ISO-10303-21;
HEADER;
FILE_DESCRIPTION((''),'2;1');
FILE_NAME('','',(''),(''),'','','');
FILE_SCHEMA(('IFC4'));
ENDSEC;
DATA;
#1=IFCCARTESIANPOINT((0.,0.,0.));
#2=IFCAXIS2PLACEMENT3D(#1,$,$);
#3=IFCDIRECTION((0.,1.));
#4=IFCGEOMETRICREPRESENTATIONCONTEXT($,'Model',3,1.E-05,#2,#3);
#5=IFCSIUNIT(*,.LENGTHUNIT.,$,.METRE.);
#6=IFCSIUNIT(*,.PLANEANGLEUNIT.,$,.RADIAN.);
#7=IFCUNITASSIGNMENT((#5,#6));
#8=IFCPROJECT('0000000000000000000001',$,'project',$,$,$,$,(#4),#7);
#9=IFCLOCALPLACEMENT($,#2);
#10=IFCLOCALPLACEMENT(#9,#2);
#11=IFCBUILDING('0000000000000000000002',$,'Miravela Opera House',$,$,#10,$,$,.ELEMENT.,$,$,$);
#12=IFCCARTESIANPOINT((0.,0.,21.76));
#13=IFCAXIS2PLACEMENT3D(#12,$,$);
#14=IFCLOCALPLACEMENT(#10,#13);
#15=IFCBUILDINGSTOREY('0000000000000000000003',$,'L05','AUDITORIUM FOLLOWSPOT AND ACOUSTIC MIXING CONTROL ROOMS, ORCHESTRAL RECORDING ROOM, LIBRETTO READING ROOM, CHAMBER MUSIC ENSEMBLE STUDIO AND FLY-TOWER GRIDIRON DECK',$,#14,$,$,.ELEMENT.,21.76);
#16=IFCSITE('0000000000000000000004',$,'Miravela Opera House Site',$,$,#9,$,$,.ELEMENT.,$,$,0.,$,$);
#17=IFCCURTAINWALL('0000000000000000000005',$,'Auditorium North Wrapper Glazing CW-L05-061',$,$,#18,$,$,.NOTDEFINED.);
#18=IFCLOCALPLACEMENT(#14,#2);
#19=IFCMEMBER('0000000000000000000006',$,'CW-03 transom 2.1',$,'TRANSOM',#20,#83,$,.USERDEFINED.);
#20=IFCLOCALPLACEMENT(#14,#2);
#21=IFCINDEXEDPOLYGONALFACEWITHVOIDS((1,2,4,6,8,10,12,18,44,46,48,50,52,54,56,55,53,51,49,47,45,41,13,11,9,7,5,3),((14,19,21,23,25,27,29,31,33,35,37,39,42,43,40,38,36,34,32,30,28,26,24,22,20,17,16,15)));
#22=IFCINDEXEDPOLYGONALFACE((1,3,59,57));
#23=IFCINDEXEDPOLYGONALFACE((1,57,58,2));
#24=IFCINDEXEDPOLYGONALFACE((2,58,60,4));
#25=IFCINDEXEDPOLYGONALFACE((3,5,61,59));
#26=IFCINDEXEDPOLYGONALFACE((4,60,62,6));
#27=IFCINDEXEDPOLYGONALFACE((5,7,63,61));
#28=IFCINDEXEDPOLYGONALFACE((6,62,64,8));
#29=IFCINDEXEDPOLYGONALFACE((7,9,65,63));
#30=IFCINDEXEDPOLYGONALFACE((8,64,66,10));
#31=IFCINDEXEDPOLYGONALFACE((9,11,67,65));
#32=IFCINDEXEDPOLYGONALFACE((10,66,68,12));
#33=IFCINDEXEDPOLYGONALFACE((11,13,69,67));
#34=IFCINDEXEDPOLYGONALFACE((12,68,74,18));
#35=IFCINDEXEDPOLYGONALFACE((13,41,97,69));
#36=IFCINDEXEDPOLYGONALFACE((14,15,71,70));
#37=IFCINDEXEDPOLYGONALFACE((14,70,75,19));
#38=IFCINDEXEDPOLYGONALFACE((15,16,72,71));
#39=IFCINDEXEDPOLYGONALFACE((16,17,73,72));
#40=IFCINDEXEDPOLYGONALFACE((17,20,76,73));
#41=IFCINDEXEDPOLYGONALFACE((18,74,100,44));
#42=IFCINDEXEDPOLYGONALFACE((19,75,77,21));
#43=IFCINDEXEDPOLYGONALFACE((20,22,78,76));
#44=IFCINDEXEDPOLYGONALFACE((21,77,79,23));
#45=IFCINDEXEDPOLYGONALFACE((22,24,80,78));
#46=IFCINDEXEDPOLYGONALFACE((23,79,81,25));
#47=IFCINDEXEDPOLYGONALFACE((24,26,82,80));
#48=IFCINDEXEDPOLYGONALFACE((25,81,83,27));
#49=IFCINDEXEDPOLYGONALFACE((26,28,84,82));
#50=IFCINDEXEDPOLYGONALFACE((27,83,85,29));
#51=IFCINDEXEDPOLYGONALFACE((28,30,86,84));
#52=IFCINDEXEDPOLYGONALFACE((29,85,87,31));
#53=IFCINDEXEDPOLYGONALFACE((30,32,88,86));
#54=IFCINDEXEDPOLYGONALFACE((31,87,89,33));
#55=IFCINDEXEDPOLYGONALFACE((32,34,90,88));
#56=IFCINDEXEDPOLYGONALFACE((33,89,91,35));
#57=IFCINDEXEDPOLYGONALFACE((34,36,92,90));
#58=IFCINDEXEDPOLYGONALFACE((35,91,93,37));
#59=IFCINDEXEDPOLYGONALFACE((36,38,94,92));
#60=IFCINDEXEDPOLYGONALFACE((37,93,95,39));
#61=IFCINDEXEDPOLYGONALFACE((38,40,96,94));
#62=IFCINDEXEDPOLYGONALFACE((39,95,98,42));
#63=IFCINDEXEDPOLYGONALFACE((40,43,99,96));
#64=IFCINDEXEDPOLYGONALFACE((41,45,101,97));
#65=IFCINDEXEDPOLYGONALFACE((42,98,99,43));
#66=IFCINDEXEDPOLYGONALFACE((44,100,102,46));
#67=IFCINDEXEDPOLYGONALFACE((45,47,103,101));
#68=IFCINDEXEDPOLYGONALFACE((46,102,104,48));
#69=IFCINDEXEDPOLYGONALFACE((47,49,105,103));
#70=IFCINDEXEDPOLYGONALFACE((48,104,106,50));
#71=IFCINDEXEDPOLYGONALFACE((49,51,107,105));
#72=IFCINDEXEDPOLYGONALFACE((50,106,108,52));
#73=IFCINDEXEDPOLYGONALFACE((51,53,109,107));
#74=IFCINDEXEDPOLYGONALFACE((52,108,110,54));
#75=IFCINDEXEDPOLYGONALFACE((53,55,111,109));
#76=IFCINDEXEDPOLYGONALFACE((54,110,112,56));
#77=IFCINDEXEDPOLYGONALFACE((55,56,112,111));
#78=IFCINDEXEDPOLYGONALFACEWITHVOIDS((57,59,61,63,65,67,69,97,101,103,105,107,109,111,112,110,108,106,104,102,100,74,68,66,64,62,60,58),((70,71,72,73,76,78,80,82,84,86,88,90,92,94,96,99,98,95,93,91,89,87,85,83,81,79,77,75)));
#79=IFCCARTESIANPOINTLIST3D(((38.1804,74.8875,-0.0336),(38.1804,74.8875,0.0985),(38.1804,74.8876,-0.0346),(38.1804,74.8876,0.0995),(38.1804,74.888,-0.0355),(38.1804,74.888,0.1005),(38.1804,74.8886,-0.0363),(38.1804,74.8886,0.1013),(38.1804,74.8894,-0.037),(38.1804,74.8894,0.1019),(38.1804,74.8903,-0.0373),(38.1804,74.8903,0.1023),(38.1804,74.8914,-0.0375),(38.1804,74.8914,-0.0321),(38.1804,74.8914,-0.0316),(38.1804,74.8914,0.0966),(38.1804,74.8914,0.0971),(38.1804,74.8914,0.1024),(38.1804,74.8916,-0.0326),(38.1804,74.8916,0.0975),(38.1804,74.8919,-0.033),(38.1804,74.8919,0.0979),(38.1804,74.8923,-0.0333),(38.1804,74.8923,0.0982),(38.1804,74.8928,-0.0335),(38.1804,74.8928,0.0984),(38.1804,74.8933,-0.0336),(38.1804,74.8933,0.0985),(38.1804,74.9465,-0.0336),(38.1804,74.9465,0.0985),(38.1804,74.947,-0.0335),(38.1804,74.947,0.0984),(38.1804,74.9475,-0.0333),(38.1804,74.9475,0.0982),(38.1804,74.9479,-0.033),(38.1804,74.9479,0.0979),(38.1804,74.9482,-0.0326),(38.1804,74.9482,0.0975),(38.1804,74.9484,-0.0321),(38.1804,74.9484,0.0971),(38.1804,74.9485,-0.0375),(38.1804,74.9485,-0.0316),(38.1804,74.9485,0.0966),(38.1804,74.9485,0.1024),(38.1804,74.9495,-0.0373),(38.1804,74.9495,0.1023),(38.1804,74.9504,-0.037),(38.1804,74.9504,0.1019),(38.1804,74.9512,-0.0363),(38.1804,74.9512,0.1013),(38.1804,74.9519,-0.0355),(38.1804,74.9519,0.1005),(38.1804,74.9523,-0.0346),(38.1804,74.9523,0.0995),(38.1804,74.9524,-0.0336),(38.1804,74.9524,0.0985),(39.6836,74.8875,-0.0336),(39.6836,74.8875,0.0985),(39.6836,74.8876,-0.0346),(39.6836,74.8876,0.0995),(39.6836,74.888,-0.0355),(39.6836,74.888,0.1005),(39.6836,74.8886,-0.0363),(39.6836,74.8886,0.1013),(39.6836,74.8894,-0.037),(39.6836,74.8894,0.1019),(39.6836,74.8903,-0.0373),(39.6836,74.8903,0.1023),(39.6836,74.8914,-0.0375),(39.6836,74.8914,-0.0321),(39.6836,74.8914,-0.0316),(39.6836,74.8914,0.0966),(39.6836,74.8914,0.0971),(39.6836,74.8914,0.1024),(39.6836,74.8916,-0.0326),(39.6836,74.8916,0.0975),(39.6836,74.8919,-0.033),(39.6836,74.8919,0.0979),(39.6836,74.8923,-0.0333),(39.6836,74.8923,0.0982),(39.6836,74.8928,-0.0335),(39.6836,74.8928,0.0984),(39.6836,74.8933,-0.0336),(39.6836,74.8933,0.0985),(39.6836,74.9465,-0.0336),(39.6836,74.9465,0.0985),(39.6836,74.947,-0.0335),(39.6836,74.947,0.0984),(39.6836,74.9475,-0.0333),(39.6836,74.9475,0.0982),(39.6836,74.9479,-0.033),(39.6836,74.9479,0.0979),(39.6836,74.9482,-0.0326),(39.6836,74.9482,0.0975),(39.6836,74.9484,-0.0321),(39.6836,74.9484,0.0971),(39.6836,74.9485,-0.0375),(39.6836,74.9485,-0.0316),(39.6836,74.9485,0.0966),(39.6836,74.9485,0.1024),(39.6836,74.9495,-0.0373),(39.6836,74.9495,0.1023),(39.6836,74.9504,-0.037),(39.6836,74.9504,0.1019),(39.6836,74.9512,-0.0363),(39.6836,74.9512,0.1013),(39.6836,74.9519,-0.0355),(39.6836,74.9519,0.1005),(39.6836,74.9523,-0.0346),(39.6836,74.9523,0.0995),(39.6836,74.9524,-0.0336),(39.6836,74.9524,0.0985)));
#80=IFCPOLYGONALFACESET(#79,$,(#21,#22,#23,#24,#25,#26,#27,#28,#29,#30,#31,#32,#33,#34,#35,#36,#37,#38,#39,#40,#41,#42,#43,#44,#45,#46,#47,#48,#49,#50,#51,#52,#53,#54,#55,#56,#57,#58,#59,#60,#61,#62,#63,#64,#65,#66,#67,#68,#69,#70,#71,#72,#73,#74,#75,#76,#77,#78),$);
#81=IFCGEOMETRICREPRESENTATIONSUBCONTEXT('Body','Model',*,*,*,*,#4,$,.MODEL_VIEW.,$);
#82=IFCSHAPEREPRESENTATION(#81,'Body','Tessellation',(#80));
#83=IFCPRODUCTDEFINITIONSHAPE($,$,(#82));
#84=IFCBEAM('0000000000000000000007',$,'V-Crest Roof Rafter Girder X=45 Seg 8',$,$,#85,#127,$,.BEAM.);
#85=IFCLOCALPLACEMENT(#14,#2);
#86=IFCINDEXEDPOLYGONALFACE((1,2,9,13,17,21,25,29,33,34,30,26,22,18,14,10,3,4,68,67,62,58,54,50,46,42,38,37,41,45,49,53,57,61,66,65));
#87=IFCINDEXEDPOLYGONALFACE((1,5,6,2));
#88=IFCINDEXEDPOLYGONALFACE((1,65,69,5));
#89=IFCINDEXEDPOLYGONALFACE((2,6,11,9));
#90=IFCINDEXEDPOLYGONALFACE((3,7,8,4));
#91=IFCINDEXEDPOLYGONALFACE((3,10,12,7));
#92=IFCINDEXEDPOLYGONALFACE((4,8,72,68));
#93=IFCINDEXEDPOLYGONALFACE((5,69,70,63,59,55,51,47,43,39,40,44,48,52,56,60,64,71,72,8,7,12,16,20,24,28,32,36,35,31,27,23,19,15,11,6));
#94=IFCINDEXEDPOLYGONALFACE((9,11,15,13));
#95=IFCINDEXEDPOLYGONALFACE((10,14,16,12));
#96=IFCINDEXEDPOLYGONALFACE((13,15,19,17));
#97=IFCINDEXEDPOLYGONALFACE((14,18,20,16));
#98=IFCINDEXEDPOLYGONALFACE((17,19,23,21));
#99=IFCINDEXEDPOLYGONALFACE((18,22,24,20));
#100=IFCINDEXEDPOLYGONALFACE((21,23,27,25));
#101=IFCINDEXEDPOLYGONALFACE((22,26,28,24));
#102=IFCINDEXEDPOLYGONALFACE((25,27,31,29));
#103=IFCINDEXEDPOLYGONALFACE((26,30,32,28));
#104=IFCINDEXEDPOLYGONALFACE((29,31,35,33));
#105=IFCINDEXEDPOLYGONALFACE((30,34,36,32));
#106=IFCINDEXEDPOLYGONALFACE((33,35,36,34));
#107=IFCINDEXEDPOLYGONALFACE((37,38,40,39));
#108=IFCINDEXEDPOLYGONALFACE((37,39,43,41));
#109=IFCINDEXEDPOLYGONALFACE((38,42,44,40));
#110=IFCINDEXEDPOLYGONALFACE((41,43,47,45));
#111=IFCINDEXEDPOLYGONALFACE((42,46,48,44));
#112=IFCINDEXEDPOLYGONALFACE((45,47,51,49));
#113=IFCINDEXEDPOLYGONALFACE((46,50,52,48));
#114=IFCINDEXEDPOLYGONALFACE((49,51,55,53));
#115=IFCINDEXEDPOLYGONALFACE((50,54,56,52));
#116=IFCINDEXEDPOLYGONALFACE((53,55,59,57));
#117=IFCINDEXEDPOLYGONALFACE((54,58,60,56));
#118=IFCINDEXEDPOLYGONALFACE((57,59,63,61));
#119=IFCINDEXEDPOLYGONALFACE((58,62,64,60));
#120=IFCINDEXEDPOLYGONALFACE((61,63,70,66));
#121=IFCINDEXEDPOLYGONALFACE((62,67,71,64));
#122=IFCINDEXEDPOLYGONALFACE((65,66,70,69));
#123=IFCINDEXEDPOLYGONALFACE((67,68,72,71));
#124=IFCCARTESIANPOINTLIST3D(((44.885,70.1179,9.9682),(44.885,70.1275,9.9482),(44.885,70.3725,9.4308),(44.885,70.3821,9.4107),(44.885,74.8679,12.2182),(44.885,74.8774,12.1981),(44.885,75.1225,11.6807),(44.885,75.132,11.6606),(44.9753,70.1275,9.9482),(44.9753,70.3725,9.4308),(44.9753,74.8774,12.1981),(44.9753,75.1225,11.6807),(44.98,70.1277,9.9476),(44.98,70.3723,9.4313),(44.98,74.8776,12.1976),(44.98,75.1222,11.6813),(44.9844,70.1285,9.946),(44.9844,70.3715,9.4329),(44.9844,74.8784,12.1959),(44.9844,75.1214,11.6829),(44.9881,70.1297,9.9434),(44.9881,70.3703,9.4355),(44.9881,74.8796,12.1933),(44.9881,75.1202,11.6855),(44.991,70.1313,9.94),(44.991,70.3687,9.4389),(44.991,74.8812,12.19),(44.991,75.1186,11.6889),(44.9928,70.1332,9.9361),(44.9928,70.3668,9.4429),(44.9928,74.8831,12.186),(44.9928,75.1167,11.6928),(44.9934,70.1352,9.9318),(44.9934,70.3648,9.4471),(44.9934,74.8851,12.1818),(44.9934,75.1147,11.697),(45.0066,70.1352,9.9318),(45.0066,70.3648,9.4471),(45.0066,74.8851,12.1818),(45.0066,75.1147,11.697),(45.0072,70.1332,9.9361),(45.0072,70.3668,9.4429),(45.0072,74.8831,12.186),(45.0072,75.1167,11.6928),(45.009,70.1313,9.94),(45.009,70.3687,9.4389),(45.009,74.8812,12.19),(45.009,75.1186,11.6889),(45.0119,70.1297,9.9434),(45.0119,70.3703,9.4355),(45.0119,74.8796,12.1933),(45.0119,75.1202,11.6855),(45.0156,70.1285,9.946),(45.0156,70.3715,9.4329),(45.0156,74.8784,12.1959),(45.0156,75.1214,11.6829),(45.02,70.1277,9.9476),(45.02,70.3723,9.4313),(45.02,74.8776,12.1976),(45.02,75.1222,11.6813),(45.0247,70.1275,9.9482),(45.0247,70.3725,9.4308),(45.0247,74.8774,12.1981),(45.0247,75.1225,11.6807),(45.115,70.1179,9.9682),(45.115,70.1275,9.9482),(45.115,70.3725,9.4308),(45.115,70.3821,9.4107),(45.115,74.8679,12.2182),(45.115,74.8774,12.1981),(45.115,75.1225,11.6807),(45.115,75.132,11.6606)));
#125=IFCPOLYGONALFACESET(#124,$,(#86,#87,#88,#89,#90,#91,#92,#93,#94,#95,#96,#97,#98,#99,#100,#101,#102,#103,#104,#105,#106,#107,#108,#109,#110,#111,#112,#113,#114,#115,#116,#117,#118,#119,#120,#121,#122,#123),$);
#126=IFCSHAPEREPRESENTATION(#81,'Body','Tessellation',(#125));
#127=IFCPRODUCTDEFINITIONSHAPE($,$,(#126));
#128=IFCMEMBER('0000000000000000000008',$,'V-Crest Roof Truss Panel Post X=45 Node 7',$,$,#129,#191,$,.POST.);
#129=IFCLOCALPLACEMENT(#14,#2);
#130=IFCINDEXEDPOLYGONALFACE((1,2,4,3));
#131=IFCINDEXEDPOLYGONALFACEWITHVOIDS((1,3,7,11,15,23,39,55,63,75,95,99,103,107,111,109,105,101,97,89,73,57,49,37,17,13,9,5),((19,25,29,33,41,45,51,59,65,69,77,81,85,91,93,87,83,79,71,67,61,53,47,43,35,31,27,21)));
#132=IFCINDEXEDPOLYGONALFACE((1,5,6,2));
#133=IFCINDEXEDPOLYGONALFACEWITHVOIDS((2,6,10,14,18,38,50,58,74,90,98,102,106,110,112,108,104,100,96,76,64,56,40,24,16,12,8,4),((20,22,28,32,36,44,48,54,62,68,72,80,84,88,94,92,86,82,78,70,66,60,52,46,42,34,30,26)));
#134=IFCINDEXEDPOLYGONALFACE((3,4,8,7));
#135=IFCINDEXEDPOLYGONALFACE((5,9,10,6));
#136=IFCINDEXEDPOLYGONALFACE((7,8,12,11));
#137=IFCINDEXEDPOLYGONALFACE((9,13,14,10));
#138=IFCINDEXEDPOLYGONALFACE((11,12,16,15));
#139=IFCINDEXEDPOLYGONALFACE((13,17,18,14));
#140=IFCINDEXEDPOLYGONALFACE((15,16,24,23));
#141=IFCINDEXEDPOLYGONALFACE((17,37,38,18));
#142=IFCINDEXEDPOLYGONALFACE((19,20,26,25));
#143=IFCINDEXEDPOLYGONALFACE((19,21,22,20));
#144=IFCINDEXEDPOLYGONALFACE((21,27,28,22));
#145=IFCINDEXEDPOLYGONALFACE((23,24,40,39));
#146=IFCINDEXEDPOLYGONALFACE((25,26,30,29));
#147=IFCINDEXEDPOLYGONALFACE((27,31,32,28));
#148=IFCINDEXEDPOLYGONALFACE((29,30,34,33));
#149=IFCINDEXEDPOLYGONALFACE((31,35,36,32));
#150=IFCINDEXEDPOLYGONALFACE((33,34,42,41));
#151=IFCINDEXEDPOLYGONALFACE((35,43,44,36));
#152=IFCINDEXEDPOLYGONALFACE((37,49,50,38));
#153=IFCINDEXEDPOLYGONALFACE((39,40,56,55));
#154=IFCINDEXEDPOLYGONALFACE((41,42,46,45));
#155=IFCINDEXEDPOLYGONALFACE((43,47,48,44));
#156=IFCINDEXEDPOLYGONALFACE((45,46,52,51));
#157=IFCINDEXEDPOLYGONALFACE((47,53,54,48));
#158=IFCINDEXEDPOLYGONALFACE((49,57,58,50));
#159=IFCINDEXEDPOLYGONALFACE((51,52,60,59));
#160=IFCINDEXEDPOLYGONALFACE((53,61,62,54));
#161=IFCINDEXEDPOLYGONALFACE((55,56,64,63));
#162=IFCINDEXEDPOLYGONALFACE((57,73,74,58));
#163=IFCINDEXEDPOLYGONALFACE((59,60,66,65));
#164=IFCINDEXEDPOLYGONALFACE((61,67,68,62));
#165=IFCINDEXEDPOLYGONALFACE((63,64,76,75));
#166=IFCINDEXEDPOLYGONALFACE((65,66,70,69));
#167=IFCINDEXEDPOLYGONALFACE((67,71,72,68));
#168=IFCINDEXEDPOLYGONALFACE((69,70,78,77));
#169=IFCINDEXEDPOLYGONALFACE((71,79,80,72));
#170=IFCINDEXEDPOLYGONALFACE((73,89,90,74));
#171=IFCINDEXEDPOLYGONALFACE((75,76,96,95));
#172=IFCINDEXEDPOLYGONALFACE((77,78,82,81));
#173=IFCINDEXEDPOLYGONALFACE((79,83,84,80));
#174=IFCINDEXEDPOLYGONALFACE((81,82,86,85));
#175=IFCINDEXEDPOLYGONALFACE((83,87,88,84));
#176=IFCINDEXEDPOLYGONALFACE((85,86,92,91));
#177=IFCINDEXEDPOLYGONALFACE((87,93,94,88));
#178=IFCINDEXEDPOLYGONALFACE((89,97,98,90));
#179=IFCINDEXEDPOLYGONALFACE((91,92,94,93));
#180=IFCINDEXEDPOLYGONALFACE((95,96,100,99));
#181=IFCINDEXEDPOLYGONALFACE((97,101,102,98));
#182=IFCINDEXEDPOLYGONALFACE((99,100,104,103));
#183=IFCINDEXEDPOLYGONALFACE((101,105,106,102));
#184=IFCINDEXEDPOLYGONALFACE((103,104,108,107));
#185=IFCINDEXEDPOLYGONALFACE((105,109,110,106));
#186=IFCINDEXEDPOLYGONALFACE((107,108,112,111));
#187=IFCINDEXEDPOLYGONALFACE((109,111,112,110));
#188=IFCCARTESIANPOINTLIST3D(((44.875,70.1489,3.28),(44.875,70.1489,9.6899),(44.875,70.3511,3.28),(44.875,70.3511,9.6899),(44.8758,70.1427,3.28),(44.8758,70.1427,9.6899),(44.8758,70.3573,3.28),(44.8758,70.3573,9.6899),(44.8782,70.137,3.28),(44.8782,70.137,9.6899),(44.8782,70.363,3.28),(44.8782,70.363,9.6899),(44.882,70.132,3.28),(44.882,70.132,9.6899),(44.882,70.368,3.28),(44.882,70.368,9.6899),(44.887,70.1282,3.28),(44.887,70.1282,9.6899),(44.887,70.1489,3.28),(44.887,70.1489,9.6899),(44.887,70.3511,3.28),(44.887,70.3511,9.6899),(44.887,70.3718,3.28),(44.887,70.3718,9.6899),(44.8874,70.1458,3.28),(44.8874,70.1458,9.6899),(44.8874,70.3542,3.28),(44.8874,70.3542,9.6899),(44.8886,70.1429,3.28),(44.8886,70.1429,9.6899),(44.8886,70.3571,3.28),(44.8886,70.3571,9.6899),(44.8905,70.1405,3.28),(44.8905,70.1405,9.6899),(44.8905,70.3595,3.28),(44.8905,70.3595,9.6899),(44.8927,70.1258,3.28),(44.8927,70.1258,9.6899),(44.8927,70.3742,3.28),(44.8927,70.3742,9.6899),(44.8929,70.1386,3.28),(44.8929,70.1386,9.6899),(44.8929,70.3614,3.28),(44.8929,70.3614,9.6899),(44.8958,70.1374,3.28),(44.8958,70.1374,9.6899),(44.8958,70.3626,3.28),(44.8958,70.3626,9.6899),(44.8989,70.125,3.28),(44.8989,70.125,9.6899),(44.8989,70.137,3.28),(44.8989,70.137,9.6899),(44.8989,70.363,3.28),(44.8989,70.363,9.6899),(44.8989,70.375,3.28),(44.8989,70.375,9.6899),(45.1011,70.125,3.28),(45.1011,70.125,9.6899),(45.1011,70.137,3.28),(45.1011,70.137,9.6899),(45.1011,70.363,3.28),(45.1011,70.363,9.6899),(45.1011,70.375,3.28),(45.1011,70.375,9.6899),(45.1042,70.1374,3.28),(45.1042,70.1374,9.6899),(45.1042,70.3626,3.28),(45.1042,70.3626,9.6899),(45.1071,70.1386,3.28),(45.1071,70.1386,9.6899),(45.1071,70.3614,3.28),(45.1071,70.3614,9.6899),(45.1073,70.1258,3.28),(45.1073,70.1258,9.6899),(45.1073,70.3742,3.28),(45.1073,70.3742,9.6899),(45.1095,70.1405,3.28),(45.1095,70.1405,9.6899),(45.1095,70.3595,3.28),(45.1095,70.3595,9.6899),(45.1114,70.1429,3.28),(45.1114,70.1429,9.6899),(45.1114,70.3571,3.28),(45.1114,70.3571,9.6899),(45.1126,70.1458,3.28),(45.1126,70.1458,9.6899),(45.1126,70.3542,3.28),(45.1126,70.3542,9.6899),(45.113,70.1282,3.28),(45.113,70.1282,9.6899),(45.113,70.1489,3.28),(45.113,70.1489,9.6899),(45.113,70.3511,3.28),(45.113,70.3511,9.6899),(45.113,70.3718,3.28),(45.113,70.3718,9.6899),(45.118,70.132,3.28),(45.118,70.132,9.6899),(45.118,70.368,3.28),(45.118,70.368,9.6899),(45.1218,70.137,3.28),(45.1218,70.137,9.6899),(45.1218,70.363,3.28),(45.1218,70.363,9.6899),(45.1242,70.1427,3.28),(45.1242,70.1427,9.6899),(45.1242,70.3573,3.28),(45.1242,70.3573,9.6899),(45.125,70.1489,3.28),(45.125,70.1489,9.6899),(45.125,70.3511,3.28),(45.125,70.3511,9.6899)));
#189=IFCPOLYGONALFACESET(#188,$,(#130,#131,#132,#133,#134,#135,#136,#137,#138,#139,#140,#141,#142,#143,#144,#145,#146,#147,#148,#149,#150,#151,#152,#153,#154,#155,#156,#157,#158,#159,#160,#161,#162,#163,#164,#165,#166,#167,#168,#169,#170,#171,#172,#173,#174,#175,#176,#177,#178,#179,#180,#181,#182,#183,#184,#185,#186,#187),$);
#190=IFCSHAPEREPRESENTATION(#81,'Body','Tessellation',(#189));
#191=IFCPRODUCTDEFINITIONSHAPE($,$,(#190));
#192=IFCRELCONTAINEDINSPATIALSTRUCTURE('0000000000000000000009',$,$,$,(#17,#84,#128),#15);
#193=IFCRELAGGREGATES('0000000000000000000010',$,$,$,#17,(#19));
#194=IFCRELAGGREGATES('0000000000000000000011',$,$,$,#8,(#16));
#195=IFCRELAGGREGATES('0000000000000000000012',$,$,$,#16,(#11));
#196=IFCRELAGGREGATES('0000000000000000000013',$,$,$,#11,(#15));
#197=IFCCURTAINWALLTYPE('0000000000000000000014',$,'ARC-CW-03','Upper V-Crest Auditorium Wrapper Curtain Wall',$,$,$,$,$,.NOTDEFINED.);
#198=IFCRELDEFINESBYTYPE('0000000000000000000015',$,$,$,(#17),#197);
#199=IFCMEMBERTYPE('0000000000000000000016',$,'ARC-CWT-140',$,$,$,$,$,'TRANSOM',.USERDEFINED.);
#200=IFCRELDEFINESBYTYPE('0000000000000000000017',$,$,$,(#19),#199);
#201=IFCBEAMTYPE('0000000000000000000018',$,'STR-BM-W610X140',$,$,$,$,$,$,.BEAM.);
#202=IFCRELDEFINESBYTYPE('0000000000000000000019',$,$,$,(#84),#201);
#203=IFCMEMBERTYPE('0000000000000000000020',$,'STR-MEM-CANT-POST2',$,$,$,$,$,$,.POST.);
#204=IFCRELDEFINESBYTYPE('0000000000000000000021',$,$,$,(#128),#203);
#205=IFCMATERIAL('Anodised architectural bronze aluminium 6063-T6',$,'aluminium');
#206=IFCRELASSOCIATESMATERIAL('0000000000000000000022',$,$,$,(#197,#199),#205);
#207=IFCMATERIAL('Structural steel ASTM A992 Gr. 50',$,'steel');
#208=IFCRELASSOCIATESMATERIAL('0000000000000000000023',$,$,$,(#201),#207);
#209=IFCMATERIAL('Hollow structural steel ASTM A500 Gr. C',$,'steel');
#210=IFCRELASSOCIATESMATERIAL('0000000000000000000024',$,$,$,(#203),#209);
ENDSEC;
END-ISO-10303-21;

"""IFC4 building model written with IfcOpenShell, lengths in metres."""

from ifc_helpers import new_model, si_unit, direction, frame, origin, origin_2d, place, context, subcontext, project, spatial, hollow_rectangle, i_section, extrude, material, material_profile, profile_set, type_object, element, aggregate, save


model = new_model("IFC4")

# Units and contexts
model_context = context("Model", 3, precision=1e-05, world=origin(), true_north=direction((0.0, 1.0)))
body_context = subcontext(model_context, "Body", "Model", "MODEL_VIEW")
ifc_project = project(units=[si_unit("LENGTHUNIT", "METRE"), si_unit("PLANEANGLEUNIT", "RADIAN")], contexts=[model_context])

# Site, building, storey
site_placement = place(None, origin())
site = spatial("IfcSite", under=ifc_project, at=site_placement, Name="Miravela Opera House Site", CompositionType="ELEMENT", RefElevation=0.0)
building_placement = place(site_placement, origin())
building = spatial("IfcBuilding", under=site, at=building_placement, Name="Miravela Opera House", CompositionType="ELEMENT")
storey_placement = place(building_placement, frame((0.0, 0.0, 21.76)))
storey = spatial("IfcBuildingStorey", under=building, at=storey_placement, Name="L05", Description="AUDITORIUM FOLLOWSPOT AND ACOUSTIC MIXING CONTROL ROOMS, ORCHESTRAL RECORDING ROOM, LIBRETTO READING ROOM, CHAMBER MUSIC ENSEMBLE STUDIO AND FLY-TOWER GRIDIRON DECK", CompositionType="ELEMENT", Elevation=21.76)

# Curtain wall, member
ifc_material_1 = material(Name="Anodised architectural bronze aluminium 6063-T6", Category="aluminium")
curtain_wall_type = type_object("IfcCurtainWallType", Name="ARC-CW-03", Description="Upper V-Crest Auditorium Wrapper Curtain Wall", PredefinedType="NOTDEFINED", material=ifc_material_1)
curtain_wall_placement = place(storey_placement, origin())
curtain_wall = element("IfcCurtainWall", 1, at=curtain_wall_placement, inside=storey, type_object=curtain_wall_type, Name="Auditorium North Wrapper Glazing CW-L05-061", PredefinedType="NOTDEFINED")
ifc_material_profile_1 = material_profile(ifc_material_1, hollow_rectangle(XDim=0.0649, YDim=0.1399, WallThickness=0.0039, InnerFilletRadius=0.002, OuterFilletRadius=0.0039, at=origin_2d()), Name="CWT-65X140")
ifc_profile_set_1 = profile_set([ifc_material_profile_1])
member_type_1 = type_object("IfcMemberType", Name="ARC-CWT-140", ElementType="TRANSOM", PredefinedType="USERDEFINED", material=ifc_profile_set_1)
member_1_placement = place(storey_placement, frame((38.1804, 74.9199, 0.0325), z_axis=(1.0, 0.0, 0.0), x_axis=(0.0, 1.0, 0.0)))
member_1 = element("IfcMember", 2, at=member_1_placement, type_object=member_type_1, Name="CW-03 transom 2.1", ObjectType="TRANSOM", PredefinedType="USERDEFINED", context=body_context, shape_type="SweptSolid", body=[
    extrude(hollow_rectangle(XDim=0.0649, YDim=0.1399, WallThickness=0.0039, InnerFilletRadius=0.002, OuterFilletRadius=0.0039, at=origin_2d()), origin(), (0.0, 0.0, 1.0), 1.5032),
])

# Beam
ifc_material_2 = material(Name="Structural steel ASTM A992 Gr. 50", Category="steel")
ifc_material_profile_2 = material_profile(ifc_material_2, i_section(OverallWidth=0.23, OverallDepth=0.6169, WebThickness=0.0132, FlangeThickness=0.0222, FilletRadius=0.0181, at=origin_2d()), Name="W610X140")
ifc_profile_set_2 = profile_set([ifc_material_profile_2])
beam_type = type_object("IfcBeamType", Name="STR-BM-W610X140", PredefinedType="BEAM", material=ifc_profile_set_2)
beam_placement = place(storey_placement, frame((45.0, 70.25, 9.6895), z_axis=(0.0, 0.903738, 0.428086), x_axis=(-1.0, 0.0, 0.0)))
element("IfcBeam", 3, at=beam_placement, inside=storey, type_object=beam_type, Name="V-Crest Roof Rafter Girder X=45 Seg 8", PredefinedType="BEAM", context=body_context, shape_type="SweptSolid", body=[
    extrude(i_section(OverallWidth=0.23, OverallDepth=0.6169, WebThickness=0.0132, FlangeThickness=0.0222, FilletRadius=0.0181, at=origin_2d()), origin(), (0.0, 0.0, 1.0), 5.2559),
])

# Member
ifc_material_3 = material(Name="Hollow structural steel ASTM A500 Gr. C", Category="steel")
ifc_material_profile_3 = material_profile(ifc_material_3, hollow_rectangle(XDim=0.25, YDim=0.25, WallThickness=0.012, InnerFilletRadius=0.012, OuterFilletRadius=0.0239, at=origin_2d()), Name="HSS250X250X12")
ifc_profile_set_3 = profile_set([ifc_material_profile_3])
member_type_2 = type_object("IfcMemberType", Name="STR-MEM-CANT-POST2", PredefinedType="POST", material=ifc_profile_set_3)
member_2_placement = place(storey_placement, frame((45.0, 70.25, 3.28), z_axis=(0.0, 0.0, 1.0), x_axis=(1.0, 0.0, 0.0)))
element("IfcMember", 4, at=member_2_placement, inside=storey, type_object=member_type_2, Name="V-Crest Roof Truss Panel Post X=45 Node 7", PredefinedType="POST", context=body_context, shape_type="SweptSolid", body=[
    extrude(hollow_rectangle(XDim=0.25, YDim=0.25, WallThickness=0.012, InnerFilletRadius=0.012, OuterFilletRadius=0.0239, at=origin_2d()), origin(), (0.0, 0.0, 1.0), 6.4099),
])

aggregate(curtain_wall, [member_1])

save(model, "model.ifc")
